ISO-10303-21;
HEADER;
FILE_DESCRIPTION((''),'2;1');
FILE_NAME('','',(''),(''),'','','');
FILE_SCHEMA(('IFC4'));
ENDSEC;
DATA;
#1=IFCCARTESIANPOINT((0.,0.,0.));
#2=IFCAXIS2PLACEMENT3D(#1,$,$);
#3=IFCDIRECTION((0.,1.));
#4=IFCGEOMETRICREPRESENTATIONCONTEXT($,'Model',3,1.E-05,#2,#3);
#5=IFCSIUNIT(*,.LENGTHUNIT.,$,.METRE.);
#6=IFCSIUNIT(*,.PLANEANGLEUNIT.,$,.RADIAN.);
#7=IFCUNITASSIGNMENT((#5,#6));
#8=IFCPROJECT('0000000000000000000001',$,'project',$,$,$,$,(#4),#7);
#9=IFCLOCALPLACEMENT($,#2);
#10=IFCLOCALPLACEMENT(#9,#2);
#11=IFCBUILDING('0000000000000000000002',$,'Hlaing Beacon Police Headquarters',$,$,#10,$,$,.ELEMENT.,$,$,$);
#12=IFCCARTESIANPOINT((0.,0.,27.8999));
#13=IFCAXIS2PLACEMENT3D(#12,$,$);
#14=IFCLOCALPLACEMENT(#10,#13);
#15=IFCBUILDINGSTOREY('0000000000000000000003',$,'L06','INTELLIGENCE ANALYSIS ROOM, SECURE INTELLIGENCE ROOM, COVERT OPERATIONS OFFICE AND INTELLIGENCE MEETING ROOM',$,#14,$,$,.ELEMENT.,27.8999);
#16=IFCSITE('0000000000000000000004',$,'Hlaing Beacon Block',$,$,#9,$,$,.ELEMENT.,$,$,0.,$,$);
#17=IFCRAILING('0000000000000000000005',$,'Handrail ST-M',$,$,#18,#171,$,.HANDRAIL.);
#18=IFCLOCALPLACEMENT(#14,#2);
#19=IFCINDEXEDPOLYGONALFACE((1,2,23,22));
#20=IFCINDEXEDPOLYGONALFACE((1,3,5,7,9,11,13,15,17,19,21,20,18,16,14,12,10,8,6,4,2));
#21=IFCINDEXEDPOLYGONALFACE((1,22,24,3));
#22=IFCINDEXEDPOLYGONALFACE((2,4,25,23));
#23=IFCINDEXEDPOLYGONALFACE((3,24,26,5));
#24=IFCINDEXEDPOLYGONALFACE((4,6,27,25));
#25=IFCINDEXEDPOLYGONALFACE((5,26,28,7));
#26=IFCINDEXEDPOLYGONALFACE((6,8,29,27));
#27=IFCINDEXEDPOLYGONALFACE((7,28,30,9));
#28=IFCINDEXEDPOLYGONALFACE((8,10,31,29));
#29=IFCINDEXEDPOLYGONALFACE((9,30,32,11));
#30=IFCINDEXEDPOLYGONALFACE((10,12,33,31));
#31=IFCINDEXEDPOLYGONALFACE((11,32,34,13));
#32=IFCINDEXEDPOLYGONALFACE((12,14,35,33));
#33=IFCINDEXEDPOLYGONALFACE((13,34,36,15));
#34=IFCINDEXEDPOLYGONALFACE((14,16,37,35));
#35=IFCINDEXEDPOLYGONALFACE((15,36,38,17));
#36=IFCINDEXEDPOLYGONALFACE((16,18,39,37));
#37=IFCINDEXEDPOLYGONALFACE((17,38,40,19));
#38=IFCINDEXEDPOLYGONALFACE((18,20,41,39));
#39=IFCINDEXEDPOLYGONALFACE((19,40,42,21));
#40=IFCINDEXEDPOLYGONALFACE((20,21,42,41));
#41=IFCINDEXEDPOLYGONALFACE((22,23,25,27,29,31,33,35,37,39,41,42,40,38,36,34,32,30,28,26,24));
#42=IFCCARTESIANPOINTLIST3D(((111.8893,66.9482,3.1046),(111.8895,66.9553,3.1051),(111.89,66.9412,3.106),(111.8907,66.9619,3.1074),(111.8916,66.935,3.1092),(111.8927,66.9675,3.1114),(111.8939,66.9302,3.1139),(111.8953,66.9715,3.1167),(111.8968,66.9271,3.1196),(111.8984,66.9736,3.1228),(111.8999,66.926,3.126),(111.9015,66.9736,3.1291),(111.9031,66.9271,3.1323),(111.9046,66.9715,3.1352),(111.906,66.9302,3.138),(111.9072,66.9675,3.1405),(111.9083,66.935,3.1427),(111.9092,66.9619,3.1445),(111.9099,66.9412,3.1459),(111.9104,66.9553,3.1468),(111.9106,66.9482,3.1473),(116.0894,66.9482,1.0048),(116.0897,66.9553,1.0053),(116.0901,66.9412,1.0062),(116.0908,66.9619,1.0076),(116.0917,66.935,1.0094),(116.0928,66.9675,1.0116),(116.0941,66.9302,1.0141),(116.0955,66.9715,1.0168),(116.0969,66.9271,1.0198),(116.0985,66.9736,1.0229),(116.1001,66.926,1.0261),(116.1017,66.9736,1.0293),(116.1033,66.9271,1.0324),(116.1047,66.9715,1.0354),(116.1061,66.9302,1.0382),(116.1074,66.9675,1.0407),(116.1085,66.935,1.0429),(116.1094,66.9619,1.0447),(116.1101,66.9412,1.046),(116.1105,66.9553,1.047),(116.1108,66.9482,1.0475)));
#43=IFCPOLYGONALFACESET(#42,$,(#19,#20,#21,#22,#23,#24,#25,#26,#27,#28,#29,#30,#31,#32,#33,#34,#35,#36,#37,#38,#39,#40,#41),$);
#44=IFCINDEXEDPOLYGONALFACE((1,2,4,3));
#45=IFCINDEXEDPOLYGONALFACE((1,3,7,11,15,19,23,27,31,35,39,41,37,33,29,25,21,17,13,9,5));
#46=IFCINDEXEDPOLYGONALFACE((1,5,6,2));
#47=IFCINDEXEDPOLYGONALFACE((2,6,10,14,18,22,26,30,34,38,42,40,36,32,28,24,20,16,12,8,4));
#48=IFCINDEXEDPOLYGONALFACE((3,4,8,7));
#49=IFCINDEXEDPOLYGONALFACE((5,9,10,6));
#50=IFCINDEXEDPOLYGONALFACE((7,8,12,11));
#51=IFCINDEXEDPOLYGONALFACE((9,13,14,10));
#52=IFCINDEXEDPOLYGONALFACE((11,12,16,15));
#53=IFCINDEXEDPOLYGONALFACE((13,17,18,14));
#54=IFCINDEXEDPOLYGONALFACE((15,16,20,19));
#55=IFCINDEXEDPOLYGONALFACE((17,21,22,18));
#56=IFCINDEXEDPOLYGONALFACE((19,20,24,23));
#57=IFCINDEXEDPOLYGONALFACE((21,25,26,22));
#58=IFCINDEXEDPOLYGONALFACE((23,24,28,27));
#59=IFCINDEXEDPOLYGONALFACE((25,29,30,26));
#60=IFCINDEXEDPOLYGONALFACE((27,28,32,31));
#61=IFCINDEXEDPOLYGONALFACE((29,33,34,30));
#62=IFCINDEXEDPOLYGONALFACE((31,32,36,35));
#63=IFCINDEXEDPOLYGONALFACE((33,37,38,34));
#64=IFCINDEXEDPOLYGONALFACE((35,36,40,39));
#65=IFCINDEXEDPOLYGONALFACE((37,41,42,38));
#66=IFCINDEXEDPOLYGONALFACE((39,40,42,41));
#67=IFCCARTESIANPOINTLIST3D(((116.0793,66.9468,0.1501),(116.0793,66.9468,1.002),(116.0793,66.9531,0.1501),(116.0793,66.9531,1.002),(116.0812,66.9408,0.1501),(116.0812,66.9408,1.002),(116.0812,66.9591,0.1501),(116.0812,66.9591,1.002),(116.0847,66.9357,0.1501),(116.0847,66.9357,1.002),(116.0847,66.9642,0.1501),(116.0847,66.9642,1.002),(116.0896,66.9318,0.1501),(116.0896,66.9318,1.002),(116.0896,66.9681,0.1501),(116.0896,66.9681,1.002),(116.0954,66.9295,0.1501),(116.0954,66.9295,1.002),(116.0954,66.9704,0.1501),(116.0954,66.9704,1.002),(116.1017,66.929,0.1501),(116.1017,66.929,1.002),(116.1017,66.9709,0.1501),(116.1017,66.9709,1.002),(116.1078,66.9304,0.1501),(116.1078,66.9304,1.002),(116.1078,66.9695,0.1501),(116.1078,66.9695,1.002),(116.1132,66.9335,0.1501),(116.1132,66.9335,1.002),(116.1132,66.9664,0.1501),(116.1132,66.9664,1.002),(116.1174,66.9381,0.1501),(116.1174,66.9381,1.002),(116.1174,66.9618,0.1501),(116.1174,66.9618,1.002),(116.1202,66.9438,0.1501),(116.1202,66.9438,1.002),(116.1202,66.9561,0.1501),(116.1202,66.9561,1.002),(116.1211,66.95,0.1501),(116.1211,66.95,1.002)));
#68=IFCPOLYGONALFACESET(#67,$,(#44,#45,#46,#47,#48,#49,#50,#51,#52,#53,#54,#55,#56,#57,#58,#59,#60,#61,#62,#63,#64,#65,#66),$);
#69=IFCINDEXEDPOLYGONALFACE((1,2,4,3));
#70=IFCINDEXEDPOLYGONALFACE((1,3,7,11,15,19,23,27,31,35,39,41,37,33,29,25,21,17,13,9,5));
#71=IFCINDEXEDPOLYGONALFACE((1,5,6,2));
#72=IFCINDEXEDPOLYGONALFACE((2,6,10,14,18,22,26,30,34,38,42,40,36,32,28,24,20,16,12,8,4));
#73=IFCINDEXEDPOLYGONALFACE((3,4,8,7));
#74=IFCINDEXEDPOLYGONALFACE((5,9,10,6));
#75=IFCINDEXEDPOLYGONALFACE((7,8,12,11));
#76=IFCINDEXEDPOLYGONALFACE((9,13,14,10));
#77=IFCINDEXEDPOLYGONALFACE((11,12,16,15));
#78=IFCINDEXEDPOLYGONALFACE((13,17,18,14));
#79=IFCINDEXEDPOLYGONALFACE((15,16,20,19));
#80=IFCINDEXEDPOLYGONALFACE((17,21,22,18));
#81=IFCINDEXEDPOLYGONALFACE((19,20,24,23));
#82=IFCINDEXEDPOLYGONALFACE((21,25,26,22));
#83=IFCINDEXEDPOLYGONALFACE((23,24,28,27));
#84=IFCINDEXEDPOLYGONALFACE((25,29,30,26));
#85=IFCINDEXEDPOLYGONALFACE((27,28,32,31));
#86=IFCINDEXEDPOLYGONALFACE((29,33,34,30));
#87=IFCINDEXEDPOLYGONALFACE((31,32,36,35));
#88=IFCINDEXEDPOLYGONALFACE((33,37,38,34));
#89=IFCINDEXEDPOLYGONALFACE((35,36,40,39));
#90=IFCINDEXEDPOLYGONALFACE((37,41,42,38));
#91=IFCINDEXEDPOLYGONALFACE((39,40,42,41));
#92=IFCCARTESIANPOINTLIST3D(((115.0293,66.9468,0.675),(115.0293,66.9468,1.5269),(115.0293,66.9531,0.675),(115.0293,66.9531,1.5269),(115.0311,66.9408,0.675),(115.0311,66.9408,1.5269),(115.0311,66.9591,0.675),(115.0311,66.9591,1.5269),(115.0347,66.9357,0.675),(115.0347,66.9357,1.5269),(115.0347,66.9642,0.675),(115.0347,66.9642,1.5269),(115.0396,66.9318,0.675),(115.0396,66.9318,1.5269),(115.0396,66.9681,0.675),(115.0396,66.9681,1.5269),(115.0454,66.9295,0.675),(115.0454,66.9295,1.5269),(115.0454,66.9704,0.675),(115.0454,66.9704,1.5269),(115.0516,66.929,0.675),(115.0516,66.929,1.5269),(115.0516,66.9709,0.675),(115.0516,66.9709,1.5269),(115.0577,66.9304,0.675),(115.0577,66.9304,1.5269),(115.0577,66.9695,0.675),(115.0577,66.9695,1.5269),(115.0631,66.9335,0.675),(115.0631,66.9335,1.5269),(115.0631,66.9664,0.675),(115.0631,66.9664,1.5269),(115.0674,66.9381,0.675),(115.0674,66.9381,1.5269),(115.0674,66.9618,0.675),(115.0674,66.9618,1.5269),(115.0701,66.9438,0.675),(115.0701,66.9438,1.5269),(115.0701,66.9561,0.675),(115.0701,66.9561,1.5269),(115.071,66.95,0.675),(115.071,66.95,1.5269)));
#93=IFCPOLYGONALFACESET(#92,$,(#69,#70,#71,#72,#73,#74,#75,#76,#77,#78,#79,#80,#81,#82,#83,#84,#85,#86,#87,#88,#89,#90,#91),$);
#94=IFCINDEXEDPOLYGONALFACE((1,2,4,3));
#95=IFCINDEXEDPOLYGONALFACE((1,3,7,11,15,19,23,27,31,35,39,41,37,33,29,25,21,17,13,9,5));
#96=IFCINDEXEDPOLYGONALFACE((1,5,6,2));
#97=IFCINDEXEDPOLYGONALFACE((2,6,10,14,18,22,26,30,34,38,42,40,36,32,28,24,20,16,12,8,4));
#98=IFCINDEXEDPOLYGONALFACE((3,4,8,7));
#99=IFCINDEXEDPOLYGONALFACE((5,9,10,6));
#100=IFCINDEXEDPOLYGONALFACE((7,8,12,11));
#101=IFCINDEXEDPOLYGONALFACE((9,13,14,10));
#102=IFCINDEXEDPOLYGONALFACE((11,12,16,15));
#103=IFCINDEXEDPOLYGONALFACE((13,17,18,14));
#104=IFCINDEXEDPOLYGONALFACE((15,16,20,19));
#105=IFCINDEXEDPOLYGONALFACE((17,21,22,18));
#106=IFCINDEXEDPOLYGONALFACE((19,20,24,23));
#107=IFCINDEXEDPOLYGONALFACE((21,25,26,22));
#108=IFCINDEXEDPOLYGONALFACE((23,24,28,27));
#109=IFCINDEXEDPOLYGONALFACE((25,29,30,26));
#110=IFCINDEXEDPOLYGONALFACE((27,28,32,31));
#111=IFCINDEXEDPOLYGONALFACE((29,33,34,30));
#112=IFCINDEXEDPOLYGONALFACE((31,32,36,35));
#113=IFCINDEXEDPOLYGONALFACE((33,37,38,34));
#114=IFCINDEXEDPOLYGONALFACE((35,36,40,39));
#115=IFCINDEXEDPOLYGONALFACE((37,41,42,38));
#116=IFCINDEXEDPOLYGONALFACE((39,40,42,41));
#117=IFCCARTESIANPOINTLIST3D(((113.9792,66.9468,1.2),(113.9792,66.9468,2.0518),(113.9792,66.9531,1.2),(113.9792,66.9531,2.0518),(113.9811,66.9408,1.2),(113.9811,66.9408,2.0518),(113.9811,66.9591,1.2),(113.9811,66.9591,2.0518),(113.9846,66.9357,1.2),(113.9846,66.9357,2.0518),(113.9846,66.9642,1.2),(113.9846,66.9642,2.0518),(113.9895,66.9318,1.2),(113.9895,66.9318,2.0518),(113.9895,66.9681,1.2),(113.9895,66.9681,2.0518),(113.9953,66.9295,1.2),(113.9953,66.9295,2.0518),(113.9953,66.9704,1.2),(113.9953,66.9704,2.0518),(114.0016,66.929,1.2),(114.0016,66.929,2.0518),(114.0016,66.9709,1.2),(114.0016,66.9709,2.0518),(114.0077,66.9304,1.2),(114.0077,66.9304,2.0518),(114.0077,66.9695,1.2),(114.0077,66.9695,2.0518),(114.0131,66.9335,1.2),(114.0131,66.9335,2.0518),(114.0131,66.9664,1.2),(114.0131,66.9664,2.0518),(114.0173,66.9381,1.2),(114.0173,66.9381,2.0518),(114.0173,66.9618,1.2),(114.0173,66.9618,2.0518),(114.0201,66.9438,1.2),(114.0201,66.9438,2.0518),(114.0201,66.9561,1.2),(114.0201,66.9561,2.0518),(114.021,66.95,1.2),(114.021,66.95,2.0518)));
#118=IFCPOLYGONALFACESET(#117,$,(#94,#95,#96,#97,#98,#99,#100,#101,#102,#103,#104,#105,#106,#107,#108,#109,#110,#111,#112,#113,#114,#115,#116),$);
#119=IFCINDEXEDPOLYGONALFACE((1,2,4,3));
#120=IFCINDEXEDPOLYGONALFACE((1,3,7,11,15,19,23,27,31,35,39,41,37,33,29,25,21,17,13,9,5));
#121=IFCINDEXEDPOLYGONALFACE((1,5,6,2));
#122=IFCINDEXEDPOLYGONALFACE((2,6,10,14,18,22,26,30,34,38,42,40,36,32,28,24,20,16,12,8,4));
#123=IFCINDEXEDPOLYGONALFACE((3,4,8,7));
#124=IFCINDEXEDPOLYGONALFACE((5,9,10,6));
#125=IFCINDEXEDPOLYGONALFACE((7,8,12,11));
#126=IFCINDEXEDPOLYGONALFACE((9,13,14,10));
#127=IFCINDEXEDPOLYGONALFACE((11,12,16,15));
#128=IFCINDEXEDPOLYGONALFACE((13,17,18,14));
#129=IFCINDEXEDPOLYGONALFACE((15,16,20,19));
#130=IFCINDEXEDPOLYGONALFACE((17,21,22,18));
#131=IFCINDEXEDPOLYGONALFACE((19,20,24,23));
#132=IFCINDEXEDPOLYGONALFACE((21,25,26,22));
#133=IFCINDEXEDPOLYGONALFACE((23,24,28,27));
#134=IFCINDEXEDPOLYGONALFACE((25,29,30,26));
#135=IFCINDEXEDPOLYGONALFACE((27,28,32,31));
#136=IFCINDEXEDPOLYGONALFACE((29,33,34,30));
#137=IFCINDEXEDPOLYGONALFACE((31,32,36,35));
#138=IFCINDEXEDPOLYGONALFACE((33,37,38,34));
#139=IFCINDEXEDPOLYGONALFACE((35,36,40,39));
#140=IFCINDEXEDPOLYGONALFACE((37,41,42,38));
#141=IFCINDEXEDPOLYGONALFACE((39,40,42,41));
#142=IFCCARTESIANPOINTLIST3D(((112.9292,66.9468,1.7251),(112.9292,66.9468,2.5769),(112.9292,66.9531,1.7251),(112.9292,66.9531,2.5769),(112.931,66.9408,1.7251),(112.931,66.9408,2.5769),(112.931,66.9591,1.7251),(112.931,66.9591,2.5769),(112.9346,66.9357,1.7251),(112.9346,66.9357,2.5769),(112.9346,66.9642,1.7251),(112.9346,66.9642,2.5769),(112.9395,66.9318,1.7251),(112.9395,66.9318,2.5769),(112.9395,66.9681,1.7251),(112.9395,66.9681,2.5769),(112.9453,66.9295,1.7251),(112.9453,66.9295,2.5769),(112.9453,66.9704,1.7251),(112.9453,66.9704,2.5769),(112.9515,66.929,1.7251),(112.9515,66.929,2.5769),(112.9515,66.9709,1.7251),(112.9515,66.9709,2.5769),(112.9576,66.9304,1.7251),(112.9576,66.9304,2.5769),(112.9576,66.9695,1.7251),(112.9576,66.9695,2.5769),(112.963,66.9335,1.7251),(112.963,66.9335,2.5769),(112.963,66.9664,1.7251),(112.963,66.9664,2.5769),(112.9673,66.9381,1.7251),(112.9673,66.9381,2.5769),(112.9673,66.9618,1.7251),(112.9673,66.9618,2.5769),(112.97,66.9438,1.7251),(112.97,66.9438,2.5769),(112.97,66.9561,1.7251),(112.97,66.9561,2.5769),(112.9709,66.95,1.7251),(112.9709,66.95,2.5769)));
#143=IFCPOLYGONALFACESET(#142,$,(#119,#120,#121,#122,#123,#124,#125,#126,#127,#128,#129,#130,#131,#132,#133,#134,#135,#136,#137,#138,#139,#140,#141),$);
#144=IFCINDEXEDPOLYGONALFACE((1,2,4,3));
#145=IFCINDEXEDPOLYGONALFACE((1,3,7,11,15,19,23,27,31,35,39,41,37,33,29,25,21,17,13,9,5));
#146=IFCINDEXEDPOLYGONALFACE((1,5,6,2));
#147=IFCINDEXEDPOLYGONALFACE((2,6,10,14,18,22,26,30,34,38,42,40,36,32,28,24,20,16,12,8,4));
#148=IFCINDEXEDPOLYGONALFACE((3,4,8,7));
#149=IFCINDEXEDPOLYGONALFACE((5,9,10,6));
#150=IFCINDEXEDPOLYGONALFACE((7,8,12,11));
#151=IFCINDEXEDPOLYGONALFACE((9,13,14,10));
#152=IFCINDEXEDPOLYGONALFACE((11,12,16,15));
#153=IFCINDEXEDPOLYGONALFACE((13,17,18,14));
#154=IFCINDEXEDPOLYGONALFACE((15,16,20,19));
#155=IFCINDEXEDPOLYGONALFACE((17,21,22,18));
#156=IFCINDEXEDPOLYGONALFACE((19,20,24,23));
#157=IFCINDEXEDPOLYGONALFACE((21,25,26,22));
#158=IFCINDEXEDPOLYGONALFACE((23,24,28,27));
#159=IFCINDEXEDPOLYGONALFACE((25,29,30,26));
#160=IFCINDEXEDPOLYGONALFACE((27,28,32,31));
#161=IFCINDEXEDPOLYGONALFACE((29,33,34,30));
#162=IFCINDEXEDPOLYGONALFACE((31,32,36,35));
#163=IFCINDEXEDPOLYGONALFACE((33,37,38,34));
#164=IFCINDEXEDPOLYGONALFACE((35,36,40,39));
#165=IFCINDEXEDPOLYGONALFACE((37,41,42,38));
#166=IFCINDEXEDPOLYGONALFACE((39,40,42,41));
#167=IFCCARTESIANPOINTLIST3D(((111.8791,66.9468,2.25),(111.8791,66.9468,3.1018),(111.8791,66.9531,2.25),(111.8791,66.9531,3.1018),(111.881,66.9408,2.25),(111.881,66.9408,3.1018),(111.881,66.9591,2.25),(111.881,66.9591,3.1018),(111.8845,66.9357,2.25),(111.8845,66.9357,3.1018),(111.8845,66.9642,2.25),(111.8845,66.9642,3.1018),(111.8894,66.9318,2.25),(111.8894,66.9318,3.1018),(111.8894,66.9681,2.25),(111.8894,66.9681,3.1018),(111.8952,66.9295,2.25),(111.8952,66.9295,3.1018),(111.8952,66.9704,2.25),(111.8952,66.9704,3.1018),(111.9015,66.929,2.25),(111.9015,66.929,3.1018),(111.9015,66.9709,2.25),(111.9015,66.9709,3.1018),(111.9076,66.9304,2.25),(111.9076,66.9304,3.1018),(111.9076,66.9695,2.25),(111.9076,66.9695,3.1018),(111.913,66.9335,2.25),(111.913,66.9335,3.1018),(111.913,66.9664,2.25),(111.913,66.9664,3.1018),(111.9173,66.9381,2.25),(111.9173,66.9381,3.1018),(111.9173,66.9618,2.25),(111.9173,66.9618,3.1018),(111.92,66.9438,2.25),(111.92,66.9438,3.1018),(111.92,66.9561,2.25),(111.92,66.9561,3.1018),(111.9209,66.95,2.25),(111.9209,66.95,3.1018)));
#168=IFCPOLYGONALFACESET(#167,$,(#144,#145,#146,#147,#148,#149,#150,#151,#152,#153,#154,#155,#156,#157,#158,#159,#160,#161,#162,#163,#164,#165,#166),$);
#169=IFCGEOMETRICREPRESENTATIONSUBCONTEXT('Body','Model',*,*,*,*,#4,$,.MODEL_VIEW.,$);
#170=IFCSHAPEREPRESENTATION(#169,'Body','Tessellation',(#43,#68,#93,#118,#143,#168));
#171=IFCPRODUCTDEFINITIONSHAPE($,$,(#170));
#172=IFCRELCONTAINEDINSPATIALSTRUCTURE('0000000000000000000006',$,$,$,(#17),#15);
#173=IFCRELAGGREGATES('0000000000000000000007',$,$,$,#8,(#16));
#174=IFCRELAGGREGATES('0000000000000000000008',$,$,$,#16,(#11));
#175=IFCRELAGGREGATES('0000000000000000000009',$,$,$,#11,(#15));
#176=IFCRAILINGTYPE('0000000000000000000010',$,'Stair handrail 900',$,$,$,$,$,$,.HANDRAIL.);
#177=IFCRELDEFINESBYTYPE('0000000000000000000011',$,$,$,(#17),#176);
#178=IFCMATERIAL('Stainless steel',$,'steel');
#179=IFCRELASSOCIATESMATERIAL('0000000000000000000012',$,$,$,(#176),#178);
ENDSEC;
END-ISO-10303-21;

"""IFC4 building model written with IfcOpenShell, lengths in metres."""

from ifc_helpers import new_model, si_unit, direction, frame, origin, origin_2d, place, context, subcontext, project, spatial, circle, extrude, material, type_object, element, save


model = new_model("IFC4")

# Units and contexts
model_context = context("Model", 3, precision=1e-05, world=origin(), true_north=direction((0.0, 1.0)))
body_context = subcontext(model_context, "Body", "Model", "MODEL_VIEW")
ifc_project = project(units=[si_unit("LENGTHUNIT", "METRE"), si_unit("PLANEANGLEUNIT", "RADIAN")], contexts=[model_context])

# Site, building, storey
site_placement = place(None, origin())
site = spatial("IfcSite", under=ifc_project, at=site_placement, Name="Hlaing Beacon Block", CompositionType="ELEMENT", RefElevation=0.0)
building_placement = place(site_placement, origin())
building = spatial("IfcBuilding", under=site, at=building_placement, Name="Hlaing Beacon Police Headquarters", CompositionType="ELEMENT")
storey_placement = place(building_placement, frame((0.0, 0.0, 27.8999)))
storey = spatial("IfcBuildingStorey", under=building, at=storey_placement, Name="L06", Description="INTELLIGENCE ANALYSIS ROOM, SECURE INTELLIGENCE ROOM, COVERT OPERATIONS OFFICE AND INTELLIGENCE MEETING ROOM", CompositionType="ELEMENT", Elevation=27.8999)

# Railing
ifc_material_1 = material(Name="Stainless steel", Category="steel")
railing_type = type_object("IfcRailingType", Name="Stair handrail 900", PredefinedType="HANDRAIL", material=ifc_material_1)
for number, where, name in (
    (1, (116.1001, 66.95, 0.1501), "Handrail ST-M"),
):
    element("IfcRailing", number, at=place(storey_placement, frame(where)), inside=storey, type_object=railing_type, Name=name, PredefinedType="HANDRAIL", context=body_context, shape_type="SweptSolid", body=[
        extrude(circle(Radius=0.0239, at=origin_2d()), frame((0.0, 0.0, 0.876), z_axis=(-0.894448, 0.0, 0.447172), x_axis=(0.0, -1.0, 0.0)), (0.0, 0.0, 1.0), 4.6958),
        extrude(circle(Radius=0.021, at=origin_2d()), origin(), (0.0, 0.0, 1.0), 0.8518),
        extrude(circle(Radius=0.021, at=origin_2d()), frame((-1.05, 0.0, 0.5249)), (0.0, 0.0, 1.0), 0.8518),
        extrude(circle(Radius=0.021, at=origin_2d()), frame((-2.1001, 0.0, 1.0498)), (0.0, 0.0, 1.0), 0.8518),
        extrude(circle(Radius=0.021, at=origin_2d()), frame((-3.1501, 0.0, 1.575)), (0.0, 0.0, 1.0), 0.8518),
        extrude(circle(Radius=0.021, at=origin_2d()), frame((-4.2002, 0.0, 2.0999)), (0.0, 0.0, 1.0), 0.8518),
    ])

save(model, "model.ifc")
